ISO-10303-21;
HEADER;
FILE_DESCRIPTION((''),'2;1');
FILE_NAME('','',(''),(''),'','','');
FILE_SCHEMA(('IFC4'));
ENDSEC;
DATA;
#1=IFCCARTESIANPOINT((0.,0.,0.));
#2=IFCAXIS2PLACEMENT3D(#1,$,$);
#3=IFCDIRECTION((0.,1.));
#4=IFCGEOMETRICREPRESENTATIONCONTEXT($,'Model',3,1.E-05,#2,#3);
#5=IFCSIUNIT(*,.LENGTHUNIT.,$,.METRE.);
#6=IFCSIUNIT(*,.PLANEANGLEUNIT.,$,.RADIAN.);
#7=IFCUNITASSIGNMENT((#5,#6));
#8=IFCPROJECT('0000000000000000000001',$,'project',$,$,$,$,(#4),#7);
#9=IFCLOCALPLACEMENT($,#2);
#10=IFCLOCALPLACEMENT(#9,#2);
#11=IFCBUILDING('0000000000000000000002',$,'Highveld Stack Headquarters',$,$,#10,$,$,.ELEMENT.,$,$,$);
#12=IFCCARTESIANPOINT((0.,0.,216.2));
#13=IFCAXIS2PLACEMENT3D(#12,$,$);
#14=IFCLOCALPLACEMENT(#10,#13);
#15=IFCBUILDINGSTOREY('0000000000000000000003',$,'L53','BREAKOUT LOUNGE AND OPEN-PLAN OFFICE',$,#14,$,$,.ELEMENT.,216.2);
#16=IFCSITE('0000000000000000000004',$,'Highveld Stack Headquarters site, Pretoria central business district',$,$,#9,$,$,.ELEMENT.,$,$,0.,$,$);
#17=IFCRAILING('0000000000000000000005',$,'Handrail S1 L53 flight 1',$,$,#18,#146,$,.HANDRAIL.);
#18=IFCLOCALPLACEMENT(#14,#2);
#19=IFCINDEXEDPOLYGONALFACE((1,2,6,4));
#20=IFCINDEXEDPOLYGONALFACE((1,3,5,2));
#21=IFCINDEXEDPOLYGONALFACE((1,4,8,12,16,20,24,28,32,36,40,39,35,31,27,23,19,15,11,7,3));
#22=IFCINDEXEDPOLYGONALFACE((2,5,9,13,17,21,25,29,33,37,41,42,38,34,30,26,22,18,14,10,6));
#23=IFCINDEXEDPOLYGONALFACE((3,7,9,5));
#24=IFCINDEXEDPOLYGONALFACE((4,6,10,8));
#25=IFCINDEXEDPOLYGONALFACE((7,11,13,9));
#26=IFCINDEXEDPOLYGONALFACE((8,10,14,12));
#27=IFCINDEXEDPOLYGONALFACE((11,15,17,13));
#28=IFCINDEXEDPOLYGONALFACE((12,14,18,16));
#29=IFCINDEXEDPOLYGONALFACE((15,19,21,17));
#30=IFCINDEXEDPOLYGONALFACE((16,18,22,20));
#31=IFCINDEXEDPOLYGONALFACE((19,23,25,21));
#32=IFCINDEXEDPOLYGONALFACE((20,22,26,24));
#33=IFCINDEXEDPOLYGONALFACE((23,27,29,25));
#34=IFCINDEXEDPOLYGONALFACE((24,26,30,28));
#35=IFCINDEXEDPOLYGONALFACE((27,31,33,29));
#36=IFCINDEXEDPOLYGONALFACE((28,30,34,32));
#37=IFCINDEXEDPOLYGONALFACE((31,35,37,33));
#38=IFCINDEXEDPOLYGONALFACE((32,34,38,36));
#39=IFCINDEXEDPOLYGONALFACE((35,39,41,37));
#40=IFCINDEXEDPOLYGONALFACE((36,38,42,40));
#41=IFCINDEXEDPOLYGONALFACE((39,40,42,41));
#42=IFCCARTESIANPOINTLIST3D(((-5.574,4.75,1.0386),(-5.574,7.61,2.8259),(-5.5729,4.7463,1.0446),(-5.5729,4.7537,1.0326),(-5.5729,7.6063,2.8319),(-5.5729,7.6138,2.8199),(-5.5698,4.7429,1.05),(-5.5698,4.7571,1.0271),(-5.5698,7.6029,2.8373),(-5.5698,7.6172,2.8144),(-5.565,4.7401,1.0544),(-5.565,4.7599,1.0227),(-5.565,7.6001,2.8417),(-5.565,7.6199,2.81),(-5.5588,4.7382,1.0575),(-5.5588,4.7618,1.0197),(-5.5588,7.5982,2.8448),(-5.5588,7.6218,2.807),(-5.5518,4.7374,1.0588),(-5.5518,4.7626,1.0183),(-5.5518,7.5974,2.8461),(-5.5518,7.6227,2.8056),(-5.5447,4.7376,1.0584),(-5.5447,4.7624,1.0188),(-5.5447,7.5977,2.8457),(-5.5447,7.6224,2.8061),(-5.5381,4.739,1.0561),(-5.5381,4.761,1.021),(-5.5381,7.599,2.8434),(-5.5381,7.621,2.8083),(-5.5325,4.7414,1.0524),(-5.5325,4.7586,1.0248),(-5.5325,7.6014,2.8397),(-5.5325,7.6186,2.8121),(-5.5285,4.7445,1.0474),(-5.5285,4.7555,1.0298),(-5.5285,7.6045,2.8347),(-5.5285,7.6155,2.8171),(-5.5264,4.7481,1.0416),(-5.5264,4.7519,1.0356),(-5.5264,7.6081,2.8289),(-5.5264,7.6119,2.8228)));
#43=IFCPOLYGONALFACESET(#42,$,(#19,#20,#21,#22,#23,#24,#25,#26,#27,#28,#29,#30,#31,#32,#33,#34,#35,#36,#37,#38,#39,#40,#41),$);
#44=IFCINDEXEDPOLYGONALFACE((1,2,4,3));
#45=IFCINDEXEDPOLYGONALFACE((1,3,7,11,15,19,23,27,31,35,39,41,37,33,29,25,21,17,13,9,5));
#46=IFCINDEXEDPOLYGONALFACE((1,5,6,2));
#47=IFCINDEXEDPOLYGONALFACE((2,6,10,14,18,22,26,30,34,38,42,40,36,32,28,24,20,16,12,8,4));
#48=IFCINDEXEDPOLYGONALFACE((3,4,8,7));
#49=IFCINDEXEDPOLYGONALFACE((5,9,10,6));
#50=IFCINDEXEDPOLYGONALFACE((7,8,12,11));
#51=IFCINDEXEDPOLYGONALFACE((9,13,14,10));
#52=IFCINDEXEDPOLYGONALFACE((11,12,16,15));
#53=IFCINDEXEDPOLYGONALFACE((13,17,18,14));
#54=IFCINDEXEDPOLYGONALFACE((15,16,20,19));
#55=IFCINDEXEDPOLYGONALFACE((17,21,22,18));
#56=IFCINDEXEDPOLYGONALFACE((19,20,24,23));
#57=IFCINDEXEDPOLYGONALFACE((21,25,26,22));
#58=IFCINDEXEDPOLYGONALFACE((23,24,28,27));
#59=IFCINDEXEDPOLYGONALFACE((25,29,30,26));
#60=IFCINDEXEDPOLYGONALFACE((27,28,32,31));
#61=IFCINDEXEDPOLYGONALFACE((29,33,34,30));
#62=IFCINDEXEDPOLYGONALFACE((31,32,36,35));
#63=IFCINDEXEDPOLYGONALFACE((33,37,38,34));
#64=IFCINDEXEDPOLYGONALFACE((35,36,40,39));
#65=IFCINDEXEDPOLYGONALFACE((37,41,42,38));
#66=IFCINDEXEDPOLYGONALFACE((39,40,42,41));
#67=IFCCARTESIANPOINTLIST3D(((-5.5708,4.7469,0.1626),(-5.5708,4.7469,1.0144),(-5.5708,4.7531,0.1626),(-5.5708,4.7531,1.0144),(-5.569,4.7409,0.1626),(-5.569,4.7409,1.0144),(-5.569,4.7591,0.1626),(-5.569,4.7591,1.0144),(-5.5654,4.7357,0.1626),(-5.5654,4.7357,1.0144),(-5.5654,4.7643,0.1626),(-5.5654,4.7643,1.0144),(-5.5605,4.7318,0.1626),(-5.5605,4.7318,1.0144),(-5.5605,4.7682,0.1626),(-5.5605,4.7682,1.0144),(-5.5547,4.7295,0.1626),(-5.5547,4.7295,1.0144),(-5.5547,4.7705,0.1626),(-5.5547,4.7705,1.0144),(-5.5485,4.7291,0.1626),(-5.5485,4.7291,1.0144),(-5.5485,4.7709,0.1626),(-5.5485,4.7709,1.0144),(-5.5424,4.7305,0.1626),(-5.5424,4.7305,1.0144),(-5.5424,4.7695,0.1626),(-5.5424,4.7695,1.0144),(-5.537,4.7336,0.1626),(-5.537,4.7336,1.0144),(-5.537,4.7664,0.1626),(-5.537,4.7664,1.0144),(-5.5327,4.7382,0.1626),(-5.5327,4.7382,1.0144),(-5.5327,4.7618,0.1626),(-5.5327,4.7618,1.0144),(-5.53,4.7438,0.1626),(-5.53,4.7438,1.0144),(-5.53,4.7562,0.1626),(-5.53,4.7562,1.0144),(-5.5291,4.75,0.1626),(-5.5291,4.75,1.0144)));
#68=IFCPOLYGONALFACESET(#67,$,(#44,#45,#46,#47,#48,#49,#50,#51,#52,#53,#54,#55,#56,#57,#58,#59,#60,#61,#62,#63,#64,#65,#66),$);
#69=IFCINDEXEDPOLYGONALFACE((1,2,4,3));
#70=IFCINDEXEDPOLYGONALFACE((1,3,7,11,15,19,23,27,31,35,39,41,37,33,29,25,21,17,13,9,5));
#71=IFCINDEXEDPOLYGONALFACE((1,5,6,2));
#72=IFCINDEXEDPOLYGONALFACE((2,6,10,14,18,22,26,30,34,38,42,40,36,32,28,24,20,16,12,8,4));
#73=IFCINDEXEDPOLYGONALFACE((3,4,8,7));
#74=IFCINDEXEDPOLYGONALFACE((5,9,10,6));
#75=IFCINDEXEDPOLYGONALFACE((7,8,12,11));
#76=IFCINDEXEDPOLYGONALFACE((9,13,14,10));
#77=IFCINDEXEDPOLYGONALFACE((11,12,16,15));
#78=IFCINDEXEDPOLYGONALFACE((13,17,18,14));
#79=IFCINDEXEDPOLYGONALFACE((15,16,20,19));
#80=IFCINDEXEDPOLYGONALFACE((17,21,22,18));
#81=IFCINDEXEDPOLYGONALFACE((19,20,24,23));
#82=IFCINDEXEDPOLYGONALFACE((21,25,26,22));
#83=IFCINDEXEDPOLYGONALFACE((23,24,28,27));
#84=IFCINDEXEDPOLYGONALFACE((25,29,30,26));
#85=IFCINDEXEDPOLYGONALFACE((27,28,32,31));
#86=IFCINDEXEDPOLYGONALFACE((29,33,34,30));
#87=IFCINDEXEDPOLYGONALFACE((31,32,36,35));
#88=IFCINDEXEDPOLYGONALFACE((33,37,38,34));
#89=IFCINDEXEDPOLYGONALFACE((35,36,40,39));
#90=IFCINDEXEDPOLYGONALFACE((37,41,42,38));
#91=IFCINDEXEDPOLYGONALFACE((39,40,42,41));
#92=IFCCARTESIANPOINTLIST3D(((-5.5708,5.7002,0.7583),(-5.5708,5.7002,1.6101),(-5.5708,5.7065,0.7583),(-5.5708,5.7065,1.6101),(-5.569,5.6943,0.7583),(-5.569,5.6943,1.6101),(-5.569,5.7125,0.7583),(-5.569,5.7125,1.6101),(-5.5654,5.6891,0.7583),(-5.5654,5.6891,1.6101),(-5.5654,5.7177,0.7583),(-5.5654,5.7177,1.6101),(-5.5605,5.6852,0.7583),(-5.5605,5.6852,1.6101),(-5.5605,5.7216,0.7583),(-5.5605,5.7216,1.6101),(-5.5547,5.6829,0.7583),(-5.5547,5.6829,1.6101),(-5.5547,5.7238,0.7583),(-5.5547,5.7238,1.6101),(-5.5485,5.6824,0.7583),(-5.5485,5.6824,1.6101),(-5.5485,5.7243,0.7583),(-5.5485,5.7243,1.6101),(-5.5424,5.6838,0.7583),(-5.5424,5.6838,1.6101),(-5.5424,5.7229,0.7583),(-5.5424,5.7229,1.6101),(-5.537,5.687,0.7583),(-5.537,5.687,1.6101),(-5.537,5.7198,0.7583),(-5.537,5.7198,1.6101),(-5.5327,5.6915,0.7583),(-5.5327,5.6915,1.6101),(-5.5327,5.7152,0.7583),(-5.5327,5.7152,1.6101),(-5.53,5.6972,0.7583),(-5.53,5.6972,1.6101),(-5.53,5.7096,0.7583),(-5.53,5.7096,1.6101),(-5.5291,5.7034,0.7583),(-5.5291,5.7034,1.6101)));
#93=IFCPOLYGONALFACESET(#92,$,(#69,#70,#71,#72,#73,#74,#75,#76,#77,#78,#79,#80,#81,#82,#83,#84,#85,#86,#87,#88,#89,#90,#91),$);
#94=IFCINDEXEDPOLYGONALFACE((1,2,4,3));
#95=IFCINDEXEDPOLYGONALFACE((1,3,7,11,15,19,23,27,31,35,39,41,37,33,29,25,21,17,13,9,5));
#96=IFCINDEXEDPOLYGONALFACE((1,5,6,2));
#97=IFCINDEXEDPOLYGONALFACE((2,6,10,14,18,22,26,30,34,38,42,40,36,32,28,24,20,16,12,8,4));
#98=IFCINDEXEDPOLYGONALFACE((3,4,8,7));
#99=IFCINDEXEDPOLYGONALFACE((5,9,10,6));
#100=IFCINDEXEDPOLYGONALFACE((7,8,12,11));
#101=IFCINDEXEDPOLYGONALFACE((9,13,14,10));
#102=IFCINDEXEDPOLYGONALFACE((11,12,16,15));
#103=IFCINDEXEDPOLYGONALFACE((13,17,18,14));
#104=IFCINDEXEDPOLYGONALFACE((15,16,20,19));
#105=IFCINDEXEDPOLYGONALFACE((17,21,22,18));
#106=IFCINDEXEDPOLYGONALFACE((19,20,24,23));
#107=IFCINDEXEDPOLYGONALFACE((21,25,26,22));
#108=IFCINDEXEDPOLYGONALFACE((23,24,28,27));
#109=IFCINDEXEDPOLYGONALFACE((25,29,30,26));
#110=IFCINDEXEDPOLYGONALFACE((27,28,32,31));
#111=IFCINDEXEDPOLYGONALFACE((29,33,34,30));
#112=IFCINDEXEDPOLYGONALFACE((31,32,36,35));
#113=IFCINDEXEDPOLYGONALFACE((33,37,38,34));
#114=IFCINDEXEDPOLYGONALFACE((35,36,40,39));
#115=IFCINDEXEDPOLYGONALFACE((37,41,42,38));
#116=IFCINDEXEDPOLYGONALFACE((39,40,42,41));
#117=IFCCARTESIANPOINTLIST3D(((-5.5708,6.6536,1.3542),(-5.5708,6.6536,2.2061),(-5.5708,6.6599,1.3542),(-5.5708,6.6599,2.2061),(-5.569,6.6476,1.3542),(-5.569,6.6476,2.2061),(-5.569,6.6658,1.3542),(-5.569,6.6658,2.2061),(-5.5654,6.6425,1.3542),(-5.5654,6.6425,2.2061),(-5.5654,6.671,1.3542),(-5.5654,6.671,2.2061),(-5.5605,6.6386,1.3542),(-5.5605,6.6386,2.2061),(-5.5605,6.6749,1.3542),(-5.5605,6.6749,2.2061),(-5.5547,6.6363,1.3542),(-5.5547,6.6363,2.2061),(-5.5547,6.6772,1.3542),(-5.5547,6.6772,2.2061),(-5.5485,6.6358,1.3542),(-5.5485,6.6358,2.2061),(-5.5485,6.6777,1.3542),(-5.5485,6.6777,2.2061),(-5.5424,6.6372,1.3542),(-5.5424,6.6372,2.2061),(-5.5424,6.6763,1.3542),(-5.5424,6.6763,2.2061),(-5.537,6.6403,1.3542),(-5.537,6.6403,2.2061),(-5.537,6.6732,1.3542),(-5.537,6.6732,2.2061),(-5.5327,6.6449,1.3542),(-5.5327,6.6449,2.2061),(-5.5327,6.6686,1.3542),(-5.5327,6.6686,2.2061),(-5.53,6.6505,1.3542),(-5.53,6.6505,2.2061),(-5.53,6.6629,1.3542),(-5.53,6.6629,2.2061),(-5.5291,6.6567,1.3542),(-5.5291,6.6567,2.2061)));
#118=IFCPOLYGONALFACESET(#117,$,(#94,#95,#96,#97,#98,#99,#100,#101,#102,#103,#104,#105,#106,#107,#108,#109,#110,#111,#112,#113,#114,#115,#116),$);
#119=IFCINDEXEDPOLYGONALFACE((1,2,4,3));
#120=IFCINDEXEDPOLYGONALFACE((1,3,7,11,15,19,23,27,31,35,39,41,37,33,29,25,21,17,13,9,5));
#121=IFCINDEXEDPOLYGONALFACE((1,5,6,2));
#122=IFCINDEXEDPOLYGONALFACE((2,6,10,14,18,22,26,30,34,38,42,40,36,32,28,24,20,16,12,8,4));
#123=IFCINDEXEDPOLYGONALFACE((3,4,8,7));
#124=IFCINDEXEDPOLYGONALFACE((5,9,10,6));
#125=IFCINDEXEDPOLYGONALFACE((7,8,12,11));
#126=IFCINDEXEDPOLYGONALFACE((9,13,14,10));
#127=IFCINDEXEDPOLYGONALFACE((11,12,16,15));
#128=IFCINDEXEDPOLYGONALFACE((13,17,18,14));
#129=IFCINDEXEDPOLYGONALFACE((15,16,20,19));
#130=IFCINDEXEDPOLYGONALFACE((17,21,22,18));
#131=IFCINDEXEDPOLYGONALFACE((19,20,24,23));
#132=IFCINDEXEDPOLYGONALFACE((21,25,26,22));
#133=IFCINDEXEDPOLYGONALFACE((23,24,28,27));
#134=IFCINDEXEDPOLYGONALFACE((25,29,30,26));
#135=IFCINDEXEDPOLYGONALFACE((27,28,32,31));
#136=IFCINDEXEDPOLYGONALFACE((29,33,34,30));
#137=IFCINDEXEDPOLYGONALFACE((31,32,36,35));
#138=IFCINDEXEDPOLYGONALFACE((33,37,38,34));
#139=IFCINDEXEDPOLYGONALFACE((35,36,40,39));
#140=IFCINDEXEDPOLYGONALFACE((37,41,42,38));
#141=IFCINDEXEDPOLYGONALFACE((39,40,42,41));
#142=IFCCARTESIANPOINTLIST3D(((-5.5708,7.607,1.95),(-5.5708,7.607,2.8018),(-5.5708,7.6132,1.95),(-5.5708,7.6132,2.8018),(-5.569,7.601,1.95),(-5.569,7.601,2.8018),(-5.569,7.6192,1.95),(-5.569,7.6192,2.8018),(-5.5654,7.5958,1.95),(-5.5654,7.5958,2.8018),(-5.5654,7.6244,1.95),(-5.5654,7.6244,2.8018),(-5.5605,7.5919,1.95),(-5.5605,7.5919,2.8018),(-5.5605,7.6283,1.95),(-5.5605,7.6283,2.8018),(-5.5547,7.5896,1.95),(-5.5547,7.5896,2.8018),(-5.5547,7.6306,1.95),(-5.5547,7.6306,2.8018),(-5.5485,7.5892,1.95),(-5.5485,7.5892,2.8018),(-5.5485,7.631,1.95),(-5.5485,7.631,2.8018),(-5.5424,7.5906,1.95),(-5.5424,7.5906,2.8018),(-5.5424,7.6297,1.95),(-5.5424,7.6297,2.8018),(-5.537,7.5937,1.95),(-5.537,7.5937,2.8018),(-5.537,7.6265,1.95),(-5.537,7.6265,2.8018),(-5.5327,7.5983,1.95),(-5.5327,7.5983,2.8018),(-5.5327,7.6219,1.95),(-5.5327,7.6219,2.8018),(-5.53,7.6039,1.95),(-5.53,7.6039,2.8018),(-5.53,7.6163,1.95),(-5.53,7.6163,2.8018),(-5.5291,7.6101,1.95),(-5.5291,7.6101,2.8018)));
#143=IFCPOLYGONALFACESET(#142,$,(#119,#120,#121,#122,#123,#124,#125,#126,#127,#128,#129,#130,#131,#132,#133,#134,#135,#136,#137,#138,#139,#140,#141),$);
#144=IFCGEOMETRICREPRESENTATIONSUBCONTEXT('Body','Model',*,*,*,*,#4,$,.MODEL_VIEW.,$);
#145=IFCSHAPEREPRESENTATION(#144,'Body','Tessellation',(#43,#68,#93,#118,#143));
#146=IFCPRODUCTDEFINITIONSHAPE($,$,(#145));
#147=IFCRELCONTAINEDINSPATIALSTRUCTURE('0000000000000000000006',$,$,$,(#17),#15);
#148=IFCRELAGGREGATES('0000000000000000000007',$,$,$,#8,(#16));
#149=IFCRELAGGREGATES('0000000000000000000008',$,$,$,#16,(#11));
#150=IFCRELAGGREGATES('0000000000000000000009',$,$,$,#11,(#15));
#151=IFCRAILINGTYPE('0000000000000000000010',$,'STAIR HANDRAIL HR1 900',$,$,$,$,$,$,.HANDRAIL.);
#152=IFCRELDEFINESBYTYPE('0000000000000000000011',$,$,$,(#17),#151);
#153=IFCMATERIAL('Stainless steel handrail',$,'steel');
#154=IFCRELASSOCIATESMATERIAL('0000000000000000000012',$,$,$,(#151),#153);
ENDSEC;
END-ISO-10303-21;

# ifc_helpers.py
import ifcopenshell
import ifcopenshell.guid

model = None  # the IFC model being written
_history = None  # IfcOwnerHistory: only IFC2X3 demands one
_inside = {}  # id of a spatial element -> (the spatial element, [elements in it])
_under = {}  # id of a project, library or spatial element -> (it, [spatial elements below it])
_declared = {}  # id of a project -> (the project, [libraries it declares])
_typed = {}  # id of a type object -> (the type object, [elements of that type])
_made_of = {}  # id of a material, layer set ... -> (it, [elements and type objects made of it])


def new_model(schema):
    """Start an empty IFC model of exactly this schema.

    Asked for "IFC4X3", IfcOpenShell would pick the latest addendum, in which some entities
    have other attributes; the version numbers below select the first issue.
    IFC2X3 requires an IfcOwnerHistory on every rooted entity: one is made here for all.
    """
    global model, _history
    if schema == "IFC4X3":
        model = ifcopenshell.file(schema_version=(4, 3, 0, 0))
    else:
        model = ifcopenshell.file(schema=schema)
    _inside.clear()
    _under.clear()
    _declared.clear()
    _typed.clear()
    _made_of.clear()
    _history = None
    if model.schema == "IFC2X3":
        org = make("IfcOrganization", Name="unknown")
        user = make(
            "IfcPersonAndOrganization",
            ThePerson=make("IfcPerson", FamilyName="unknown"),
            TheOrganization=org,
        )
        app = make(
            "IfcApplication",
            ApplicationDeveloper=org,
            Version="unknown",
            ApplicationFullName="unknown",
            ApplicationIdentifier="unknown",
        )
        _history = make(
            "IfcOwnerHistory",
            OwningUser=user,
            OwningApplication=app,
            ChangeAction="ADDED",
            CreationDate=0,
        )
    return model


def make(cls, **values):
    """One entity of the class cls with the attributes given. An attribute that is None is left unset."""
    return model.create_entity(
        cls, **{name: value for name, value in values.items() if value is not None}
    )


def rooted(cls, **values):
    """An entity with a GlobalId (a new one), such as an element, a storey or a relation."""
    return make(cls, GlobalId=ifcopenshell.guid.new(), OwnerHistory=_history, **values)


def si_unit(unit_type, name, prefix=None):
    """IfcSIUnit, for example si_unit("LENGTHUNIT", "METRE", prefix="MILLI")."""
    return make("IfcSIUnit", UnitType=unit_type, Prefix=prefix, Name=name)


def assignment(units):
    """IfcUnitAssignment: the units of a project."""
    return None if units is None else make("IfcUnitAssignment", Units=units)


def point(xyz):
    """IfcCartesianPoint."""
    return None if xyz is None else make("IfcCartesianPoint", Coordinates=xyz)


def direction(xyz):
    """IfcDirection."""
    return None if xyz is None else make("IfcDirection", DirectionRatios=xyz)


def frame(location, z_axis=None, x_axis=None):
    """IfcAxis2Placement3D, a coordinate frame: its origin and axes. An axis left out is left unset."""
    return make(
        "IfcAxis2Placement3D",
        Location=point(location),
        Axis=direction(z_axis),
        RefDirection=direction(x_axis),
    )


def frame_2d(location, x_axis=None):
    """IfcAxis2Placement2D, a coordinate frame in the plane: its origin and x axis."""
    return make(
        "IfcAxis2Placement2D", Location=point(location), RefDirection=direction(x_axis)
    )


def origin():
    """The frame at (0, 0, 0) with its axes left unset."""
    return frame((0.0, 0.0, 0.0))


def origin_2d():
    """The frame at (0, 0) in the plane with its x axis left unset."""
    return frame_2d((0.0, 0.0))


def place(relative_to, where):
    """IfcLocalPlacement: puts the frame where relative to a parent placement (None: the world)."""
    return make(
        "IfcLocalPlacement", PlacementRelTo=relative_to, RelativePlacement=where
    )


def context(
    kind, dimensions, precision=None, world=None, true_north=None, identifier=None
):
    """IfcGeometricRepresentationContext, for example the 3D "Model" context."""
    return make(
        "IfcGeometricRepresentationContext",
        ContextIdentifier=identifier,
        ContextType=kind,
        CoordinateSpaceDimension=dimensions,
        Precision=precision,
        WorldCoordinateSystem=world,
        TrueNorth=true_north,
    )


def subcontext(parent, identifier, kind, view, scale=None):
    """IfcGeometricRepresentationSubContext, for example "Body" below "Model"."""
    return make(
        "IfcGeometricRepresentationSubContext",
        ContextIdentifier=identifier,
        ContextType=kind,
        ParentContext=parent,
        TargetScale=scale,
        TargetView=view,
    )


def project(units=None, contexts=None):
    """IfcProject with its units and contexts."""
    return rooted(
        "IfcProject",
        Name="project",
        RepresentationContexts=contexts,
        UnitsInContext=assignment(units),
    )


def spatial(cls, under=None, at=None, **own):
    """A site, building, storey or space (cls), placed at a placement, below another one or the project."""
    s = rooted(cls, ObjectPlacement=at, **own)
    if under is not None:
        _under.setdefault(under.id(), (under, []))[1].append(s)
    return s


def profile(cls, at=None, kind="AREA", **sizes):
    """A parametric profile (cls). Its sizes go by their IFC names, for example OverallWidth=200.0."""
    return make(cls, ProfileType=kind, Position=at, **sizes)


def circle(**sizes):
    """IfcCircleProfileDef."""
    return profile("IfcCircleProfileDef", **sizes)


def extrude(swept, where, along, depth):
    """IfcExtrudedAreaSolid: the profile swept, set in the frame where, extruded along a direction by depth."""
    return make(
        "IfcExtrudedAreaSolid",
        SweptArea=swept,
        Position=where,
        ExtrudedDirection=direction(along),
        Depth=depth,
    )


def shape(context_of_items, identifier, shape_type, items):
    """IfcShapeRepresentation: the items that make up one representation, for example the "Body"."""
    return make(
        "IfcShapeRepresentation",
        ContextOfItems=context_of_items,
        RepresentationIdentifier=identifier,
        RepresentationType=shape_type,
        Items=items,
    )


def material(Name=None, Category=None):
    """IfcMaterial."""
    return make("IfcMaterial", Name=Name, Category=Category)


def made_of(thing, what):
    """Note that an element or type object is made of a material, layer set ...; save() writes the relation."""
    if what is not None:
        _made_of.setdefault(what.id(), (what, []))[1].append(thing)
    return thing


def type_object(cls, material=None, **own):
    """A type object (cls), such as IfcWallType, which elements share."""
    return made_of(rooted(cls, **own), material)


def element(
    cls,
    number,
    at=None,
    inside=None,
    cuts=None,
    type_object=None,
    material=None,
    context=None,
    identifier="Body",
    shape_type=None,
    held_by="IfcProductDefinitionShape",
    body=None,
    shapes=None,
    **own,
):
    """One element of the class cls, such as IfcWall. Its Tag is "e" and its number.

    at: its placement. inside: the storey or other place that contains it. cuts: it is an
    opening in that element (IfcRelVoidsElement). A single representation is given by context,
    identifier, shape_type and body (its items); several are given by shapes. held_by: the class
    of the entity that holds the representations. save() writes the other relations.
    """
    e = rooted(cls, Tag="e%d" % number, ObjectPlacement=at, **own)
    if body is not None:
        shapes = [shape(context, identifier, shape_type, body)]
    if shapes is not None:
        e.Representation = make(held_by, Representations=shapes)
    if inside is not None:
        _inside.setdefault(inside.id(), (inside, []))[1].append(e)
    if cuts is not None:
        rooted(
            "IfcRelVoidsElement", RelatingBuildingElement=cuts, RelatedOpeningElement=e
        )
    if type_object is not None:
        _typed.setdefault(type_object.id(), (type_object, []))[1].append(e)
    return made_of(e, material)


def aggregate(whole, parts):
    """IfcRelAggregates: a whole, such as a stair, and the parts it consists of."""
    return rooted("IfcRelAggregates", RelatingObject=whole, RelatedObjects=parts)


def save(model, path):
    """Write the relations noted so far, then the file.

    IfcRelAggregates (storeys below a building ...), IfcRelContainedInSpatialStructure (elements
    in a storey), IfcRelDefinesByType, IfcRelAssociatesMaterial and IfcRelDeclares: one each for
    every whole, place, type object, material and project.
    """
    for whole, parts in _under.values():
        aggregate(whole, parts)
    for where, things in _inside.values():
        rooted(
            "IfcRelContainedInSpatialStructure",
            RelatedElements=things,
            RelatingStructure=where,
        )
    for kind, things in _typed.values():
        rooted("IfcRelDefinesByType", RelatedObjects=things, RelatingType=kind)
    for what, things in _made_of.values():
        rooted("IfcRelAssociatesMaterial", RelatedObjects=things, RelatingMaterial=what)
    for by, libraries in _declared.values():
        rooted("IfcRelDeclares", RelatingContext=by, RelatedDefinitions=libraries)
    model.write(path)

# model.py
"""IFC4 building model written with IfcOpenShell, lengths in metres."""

from ifc_helpers import new_model, si_unit, direction, frame, origin, origin_2d, place, context, subcontext, project, spatial, circle, extrude, material, type_object, element, save


model = new_model("IFC4")

# Units and contexts
model_context = context("Model", 3, precision=1e-05, world=origin(), true_north=direction((0.0, 1.0)))
body_context = subcontext(model_context, "Body", "Model", "MODEL_VIEW")
ifc_project = project(units=[si_unit("LENGTHUNIT", "METRE"), si_unit("PLANEANGLEUNIT", "RADIAN")], contexts=[model_context])

# Site, building, storey
site_placement = place(None, origin())
site = spatial("IfcSite", under=ifc_project, at=site_placement, Name="Highveld Stack Headquarters site, Pretoria central business district", CompositionType="ELEMENT", RefElevation=0.0)
building_placement = place(site_placement, origin())
building = spatial("IfcBuilding", under=site, at=building_placement, Name="Highveld Stack Headquarters", CompositionType="ELEMENT")
storey_placement = place(building_placement, frame((0.0, 0.0, 216.2)))
storey = spatial("IfcBuildingStorey", under=building, at=storey_placement, Name="L53", Description="BREAKOUT LOUNGE AND OPEN-PLAN OFFICE", CompositionType="ELEMENT", Elevation=216.2)

# Railing
ifc_material_1 = material(Name="Stainless steel handrail", Category="steel")
railing_type = type_object("IfcRailingType", Name="STAIR HANDRAIL HR1 900", PredefinedType="HANDRAIL", material=ifc_material_1)
for number, where, name in (
    (1, (-5.55, 4.75, 0.1626), "Handrail S1 L53 flight 1"),
):
    element("IfcRailing", number, at=place(storey_placement, frame(where)), inside=storey, type_object=railing_type, Name=name, PredefinedType="HANDRAIL", context=body_context, shape_type="SweptSolid", body=[
        extrude(circle(Radius=0.0239, at=origin_2d()), frame((0.0, 0.0, 0.876), z_axis=(0.0, 0.848027, 0.529953), x_axis=(-1.0, 0.0, 0.0)), (0.0, 0.0, 1.0), 3.3726),
        extrude(circle(Radius=0.021, at=origin_2d()), origin(), (0.0, 0.0, 1.0), 0.8518),
        extrude(circle(Radius=0.021, at=origin_2d()), frame((0.0, 0.9534, 0.5957)), (0.0, 0.0, 1.0), 0.8518),
        extrude(circle(Radius=0.021, at=origin_2d()), frame((0.0, 1.9067, 1.1917)), (0.0, 0.0, 1.0), 0.8518),
        extrude(circle(Radius=0.021, at=origin_2d()), frame((0.0, 2.8601, 1.7874)), (0.0, 0.0, 1.0), 0.8518),
    ])

save(model, "model.ifc")
